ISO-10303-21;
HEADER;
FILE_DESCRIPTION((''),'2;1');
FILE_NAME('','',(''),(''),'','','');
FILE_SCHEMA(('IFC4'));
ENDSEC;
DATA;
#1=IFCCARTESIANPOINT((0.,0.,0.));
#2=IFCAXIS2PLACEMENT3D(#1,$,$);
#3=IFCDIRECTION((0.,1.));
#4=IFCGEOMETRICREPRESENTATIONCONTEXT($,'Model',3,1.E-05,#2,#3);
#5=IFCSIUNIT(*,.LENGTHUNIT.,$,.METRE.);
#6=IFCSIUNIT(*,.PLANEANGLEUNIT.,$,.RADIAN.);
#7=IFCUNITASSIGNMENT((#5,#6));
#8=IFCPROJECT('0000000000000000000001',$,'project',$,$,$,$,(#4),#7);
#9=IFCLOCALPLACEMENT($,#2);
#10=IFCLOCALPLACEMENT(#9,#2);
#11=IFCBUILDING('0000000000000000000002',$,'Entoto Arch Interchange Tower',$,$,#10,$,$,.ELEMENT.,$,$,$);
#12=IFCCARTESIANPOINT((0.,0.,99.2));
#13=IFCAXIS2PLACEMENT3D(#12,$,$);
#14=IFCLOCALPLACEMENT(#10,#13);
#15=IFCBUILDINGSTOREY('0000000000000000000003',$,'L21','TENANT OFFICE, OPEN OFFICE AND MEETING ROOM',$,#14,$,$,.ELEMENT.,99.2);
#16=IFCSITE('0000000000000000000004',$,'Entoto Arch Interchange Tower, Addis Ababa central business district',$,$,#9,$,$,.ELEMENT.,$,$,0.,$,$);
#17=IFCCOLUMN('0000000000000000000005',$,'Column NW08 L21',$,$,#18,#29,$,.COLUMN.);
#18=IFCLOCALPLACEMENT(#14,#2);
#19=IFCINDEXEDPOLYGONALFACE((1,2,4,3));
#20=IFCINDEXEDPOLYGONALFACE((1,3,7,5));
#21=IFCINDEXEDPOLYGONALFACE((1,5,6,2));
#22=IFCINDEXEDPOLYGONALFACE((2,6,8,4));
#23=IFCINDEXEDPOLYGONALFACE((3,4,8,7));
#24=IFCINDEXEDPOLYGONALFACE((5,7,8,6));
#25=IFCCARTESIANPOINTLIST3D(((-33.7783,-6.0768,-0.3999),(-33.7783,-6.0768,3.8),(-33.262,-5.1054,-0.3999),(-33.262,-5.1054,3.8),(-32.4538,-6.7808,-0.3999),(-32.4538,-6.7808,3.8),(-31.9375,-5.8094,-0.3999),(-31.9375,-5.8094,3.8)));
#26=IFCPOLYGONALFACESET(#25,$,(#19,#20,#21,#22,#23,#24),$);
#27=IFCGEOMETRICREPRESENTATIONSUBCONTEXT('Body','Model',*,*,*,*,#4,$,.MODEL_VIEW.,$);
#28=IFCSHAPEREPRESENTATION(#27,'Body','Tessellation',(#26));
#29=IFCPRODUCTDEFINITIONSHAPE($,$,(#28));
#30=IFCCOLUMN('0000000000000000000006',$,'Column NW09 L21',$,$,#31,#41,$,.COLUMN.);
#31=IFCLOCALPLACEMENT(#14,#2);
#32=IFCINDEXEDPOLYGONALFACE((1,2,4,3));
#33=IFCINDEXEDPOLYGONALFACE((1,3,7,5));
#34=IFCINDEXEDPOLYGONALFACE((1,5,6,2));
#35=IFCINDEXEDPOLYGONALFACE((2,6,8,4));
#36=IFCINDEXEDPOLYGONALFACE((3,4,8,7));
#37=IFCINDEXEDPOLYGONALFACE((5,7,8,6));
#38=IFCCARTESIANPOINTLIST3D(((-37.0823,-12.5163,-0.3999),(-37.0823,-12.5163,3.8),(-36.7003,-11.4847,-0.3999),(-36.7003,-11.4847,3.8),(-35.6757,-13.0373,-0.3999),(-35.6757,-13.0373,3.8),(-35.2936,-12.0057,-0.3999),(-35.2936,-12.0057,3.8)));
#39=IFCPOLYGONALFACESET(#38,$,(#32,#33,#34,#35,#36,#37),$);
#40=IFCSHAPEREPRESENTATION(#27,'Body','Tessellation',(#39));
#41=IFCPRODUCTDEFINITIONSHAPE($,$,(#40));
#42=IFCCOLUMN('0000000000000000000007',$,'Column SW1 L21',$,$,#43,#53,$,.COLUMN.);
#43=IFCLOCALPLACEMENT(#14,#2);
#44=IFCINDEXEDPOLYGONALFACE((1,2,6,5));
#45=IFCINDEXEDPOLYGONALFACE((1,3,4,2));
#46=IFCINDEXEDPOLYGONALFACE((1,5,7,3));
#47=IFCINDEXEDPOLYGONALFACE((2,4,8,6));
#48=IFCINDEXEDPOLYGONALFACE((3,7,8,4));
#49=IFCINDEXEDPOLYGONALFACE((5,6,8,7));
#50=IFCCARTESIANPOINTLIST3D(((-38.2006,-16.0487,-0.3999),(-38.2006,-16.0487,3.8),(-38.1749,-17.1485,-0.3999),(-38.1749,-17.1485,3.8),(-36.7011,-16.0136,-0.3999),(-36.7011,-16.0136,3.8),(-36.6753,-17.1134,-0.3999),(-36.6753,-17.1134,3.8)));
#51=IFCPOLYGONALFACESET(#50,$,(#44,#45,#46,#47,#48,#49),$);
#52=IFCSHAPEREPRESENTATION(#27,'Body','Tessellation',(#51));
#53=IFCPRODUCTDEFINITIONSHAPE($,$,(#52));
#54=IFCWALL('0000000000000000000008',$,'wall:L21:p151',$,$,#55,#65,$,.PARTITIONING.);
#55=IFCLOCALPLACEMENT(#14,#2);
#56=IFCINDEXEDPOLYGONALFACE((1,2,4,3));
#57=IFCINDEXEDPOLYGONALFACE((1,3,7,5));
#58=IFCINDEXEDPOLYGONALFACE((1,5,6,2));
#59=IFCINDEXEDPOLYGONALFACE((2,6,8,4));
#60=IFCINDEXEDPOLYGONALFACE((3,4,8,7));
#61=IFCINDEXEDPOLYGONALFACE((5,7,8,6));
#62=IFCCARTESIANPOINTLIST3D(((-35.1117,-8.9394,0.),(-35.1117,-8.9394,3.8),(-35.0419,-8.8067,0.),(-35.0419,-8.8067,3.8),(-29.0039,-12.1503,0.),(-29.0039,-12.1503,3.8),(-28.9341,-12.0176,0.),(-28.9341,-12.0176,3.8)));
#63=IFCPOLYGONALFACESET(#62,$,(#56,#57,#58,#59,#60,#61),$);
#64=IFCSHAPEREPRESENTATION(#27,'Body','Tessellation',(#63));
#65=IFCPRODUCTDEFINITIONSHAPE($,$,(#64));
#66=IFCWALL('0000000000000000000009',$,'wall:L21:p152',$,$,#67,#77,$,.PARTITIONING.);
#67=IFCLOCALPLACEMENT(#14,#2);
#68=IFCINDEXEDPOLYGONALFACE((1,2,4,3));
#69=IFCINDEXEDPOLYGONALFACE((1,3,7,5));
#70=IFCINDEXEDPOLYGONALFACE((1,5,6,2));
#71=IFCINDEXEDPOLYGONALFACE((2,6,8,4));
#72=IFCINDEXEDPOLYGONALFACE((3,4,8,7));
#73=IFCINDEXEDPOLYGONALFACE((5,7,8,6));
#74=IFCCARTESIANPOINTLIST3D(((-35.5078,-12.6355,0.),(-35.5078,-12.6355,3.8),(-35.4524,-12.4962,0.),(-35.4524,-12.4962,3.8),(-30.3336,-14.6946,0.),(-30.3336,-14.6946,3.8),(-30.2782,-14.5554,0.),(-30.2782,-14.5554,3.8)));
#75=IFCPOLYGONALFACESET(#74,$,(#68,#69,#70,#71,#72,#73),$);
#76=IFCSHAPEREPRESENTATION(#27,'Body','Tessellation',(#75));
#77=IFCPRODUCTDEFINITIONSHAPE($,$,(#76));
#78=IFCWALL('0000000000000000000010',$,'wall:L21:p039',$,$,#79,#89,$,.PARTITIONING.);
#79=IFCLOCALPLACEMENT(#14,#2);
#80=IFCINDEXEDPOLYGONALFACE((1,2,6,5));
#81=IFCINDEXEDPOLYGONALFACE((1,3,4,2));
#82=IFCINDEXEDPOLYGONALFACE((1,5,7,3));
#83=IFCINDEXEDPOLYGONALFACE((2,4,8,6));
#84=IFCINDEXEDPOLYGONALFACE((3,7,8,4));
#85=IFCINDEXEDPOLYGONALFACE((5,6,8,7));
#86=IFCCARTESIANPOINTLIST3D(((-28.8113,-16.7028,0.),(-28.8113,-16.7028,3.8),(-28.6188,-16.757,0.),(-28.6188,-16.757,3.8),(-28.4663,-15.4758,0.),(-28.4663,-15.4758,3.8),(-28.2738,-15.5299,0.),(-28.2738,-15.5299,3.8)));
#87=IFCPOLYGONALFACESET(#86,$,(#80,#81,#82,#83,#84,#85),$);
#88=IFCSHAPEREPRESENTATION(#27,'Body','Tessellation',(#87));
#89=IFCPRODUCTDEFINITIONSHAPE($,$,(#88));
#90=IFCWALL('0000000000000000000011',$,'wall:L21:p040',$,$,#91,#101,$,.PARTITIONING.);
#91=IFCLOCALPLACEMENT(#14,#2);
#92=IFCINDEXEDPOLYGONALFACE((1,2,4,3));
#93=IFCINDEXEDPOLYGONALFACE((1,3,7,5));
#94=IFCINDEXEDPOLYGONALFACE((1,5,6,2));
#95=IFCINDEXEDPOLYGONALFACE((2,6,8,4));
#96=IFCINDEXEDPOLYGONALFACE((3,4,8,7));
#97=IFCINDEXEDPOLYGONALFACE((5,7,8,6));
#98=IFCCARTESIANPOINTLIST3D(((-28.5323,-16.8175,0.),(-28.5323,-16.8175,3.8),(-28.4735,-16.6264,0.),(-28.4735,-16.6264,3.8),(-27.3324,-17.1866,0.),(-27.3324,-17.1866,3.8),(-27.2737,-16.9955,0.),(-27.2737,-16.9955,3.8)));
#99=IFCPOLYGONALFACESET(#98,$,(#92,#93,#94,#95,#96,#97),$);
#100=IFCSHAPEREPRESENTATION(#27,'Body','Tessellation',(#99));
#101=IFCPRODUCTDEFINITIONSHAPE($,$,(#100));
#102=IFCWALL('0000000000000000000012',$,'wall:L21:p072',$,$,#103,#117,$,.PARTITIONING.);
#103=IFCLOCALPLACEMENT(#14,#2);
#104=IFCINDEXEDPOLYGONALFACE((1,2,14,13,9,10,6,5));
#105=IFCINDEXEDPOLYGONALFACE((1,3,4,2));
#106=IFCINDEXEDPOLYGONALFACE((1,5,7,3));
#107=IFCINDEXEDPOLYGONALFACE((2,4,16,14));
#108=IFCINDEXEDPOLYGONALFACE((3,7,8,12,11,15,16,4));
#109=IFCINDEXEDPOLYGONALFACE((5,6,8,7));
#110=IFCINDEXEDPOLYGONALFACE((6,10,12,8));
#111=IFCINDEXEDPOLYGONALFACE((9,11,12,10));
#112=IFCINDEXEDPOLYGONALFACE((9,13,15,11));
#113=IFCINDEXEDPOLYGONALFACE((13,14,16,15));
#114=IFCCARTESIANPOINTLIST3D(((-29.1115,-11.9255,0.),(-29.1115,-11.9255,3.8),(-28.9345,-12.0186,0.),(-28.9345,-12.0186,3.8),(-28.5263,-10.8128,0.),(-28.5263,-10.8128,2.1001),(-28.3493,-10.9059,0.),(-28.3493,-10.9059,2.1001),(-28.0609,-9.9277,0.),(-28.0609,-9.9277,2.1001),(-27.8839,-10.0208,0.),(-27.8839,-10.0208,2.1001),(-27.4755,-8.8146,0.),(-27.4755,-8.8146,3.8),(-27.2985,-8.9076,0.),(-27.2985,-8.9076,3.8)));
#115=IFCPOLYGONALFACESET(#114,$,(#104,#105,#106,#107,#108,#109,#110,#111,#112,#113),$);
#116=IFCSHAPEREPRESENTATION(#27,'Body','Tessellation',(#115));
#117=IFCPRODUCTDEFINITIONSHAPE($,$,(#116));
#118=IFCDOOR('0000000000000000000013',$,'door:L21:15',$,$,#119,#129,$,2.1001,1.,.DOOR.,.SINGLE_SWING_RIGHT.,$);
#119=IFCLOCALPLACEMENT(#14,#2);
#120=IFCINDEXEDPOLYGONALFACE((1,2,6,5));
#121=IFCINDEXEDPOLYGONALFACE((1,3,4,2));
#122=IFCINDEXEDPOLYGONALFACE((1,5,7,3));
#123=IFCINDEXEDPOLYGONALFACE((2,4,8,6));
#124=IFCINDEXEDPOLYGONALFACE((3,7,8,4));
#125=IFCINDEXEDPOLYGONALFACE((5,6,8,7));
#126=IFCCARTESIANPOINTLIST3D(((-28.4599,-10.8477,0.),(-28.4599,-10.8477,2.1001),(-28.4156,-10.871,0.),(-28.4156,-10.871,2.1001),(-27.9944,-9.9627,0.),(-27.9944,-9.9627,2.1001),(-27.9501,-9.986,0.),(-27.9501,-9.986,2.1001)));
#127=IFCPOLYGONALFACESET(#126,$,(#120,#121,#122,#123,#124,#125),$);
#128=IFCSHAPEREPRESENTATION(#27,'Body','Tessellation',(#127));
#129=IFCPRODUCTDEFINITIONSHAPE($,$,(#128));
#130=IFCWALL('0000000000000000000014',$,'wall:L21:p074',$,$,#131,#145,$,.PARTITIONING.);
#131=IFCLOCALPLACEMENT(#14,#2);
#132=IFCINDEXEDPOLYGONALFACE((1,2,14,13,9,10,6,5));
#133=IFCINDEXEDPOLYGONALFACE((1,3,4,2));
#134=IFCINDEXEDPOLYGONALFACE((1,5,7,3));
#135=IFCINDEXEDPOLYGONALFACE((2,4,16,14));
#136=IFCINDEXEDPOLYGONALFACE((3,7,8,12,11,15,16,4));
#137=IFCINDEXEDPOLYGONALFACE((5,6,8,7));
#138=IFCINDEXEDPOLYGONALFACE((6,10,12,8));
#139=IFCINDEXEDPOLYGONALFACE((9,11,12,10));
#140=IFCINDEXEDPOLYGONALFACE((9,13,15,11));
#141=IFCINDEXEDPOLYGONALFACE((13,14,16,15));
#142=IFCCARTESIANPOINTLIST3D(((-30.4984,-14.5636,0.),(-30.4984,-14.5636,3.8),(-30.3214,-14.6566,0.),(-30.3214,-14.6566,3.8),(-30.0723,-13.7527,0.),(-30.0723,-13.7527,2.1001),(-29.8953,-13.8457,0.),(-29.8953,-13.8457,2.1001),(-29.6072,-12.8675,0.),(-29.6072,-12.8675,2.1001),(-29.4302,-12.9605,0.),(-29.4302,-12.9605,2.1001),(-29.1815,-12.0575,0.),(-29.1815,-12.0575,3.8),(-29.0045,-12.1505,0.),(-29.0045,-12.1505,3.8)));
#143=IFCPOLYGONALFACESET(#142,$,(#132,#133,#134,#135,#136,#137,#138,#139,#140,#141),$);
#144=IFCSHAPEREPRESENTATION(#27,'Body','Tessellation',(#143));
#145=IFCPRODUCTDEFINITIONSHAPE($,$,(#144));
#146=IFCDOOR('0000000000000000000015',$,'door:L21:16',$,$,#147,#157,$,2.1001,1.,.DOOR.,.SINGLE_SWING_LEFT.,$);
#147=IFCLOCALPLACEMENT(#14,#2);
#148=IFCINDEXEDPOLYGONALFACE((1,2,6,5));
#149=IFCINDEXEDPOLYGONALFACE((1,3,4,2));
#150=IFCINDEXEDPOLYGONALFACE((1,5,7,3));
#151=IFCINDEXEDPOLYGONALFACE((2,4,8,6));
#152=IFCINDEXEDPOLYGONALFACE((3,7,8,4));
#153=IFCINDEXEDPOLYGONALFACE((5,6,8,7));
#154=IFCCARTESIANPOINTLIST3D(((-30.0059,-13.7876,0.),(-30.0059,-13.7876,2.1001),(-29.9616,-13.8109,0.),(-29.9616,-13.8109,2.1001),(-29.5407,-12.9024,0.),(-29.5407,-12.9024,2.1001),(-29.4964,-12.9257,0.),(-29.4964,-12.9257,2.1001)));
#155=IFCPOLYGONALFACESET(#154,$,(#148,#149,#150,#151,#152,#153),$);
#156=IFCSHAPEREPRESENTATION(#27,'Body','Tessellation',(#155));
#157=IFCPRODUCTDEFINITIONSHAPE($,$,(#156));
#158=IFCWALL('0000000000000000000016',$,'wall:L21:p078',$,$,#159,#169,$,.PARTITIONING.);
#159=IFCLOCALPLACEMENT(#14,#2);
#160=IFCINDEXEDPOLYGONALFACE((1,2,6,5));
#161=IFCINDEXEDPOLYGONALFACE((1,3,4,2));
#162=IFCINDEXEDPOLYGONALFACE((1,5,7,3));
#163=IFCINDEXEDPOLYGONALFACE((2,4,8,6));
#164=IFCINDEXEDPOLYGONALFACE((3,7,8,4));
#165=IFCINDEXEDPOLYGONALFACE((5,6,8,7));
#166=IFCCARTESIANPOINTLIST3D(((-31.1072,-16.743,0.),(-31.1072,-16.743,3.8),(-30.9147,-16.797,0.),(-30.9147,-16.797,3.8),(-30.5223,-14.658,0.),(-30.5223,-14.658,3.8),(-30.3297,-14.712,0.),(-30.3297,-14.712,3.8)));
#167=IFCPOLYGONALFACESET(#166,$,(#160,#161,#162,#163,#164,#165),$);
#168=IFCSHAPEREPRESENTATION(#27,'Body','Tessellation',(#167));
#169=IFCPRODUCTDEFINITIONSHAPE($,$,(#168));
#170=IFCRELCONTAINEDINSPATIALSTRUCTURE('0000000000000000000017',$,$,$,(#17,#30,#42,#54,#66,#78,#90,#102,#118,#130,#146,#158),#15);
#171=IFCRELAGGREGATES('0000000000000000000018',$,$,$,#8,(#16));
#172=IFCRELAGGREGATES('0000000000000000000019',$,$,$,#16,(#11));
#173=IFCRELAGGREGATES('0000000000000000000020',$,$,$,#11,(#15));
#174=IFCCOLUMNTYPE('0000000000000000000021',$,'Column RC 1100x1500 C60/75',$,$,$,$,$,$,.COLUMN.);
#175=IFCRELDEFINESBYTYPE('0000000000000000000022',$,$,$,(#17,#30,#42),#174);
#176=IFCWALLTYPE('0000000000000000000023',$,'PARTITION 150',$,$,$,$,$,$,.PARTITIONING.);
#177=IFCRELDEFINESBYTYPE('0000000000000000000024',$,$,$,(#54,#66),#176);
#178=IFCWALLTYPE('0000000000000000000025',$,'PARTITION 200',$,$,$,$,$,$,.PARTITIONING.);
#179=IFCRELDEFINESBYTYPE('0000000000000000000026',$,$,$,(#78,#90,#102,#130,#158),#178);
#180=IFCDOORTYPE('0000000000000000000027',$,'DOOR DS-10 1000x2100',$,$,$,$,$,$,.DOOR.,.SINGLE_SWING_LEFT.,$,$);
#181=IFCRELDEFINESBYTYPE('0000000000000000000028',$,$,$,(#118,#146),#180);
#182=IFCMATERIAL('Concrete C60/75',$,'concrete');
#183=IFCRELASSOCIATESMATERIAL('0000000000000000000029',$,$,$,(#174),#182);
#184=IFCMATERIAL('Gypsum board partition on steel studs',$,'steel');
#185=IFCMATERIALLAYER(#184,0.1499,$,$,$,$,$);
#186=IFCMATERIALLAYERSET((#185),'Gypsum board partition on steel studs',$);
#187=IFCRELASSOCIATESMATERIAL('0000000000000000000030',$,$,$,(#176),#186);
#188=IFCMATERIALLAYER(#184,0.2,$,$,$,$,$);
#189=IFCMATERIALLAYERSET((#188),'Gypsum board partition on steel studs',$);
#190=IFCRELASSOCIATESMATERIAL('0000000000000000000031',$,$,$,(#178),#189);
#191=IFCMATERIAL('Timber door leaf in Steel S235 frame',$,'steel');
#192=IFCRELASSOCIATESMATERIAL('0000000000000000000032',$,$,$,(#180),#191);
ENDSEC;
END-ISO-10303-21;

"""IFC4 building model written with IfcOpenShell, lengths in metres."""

from ifc_helpers import new_model, si_unit, direction, frame, frame_2d, origin, origin_2d, place, context, subcontext, project, spatial, rectangle, extrude, material, layer, layer_set, material_profile, profile_set, type_object, element, fill, save


model = new_model("IFC4")

# Units and contexts
model_context = context("Model", 3, precision=1e-05, world=origin(), true_north=direction((0.0, 1.0)))
body_context = subcontext(model_context, "Body", "Model", "MODEL_VIEW")
ifc_project = project(units=[si_unit("LENGTHUNIT", "METRE"), si_unit("PLANEANGLEUNIT", "RADIAN")], contexts=[model_context])

# Site, building, storey
site_placement = place(None, origin())
site = spatial("IfcSite", under=ifc_project, at=site_placement, Name="Entoto Arch Interchange Tower, Addis Ababa central business district", CompositionType="ELEMENT", RefElevation=0.0)
building_placement = place(site_placement, origin())
building = spatial("IfcBuilding", under=site, at=building_placement, Name="Entoto Arch Interchange Tower", CompositionType="ELEMENT")
storey_placement = place(building_placement, frame((0.0, 0.0, 99.2)))
storey = spatial("IfcBuildingStorey", under=building, at=storey_placement, Name="L21", Description="TENANT OFFICE, OPEN OFFICE AND MEETING ROOM", CompositionType="ELEMENT", Elevation=99.2)

# Columns
ifc_material_1 = material(Name="Concrete C60/75", Category="concrete")
ifc_material_profile = material_profile(ifc_material_1, rectangle(XDim=1.1001, YDim=1.5, at=origin_2d()))
ifc_profile_set = profile_set([ifc_material_profile], Name="Concrete C60/75")
column_type = type_object("IfcColumnType", Name="Column RC 1100x1500 C60/75", PredefinedType="COLUMN", material=ifc_profile_set)
for number, where, z_axis, x_axis, name in (
    (1, (-32.8579, -5.9431, -0.3999), (0.0, 0.0, 1.0), (0.469333, 0.883021, 0.0), "Column NW08 L21"),
    (2, (-36.188, -12.261, -0.3999), (0.0, 0.0, 1.0), (0.347312, 0.93775, 0.0), "Column NW09 L21"),
    (3, (-37.438, -16.5811, -0.3999), (0.0, 0.0, 1.0), (-0.023385, 0.999727, 0.0), "Column SW1 L21"),
):
    element("IfcColumn", number, at=place(storey_placement, frame(where, z_axis=z_axis, x_axis=x_axis)), inside=storey, type_object=column_type, Name=name, PredefinedType="COLUMN", context=body_context, shape_type="SweptSolid", body=[
        extrude(rectangle(XDim=1.1001, YDim=1.5, at=origin_2d()), origin(), (0.0, 0.0, 1.0), 4.2),
    ])

# Walls
ifc_material_2 = material(Name="Gypsum board partition on steel studs", Category="steel")
ifc_layer_1 = layer(ifc_material_2, 0.1499)
ifc_layer_set_1 = layer_set([ifc_layer_1], Name="Gypsum board partition on steel studs")
wall_type_1 = type_object("IfcWallType", Name="PARTITION 150", PredefinedType="PARTITIONING", material=ifc_layer_set_1)
wall_1_placement = place(storey_placement, frame((-28.969, -12.084, 0.0), z_axis=(0.0, 0.0, 1.0), x_axis=(-0.885142, 0.465321, 0.0)))
element("IfcWall", 4, at=wall_1_placement, inside=storey, type_object=wall_type_1, Name="wall:L21:p151", PredefinedType="PARTITIONING", context=body_context, shape_type="SweptSolid", body=[
    extrude(rectangle(XDim=6.9004, YDim=0.1499, at=frame_2d((3.4502, 0.0))), origin(), (0.0, 0.0, 1.0), 3.8),
])
wall_2_placement = place(storey_placement, frame((-30.3059, -14.625, 0.0), z_axis=(0.0, 0.0, 1.0), x_axis=(-0.929128, 0.369757, 0.0)))
element("IfcWall", 5, at=wall_2_placement, inside=storey, type_object=wall_type_1, Name="wall:L21:p152", PredefinedType="PARTITIONING", context=body_context, shape_type="SweptSolid", body=[
    extrude(rectangle(XDim=5.5688, YDim=0.1499, at=frame_2d((2.7844, 0.0))), origin(), (0.0, 0.0, 1.0), 3.8),
])
ifc_layer_2 = layer(ifc_material_2, 0.2)
ifc_layer_set_2 = layer_set([ifc_layer_2], Name="Gypsum board partition on steel studs")
wall_type_2 = type_object("IfcWallType", Name="PARTITION 200", PredefinedType="PARTITIONING", material=ifc_layer_set_2)
wall_3_placement = place(storey_placement, frame((-28.3701, -15.5029, 0.0), z_axis=(0.0, 0.0, 1.0), x_axis=(-0.270646, -0.962679, 0.0)))
element("IfcWall", 6, at=wall_3_placement, inside=storey, type_object=wall_type_2, Name="wall:L21:p039", PredefinedType="PARTITIONING", context=body_context, shape_type="SweptSolid", body=[
    extrude(rectangle(XDim=1.2747, YDim=0.2, at=frame_2d((0.6372, 0.0))), origin(), (0.0, 0.0, 1.0), 3.8),
])
wall_4_placement = place(storey_placement, frame((-28.5029, -16.7219, 0.0), z_axis=(0.0, 0.0, 1.0), x_axis=(0.955796, -0.294031, 0.0)))
element("IfcWall", 7, at=wall_4_placement, inside=storey, type_object=wall_type_2, Name="wall:L21:p040", PredefinedType="PARTITIONING", context=body_context, shape_type="SweptSolid", body=[
    extrude(rectangle(XDim=1.2554, YDim=0.2, at=frame_2d((0.6277, 0.0))), origin(), (0.0, 0.0, 1.0), 3.8),
])

# Walls, openings, doors
wall_5_placement = place(storey_placement, frame((-29.0229, -11.9719, 0.0), z_axis=(0.0, 0.0, 1.0), x_axis=(0.465457, 0.88507, 0.0)))
wall_5 = element("IfcWall", 8, at=wall_5_placement, inside=storey, type_object=wall_type_2, Name="wall:L21:p072", PredefinedType="PARTITIONING", context=body_context, shape_type="SweptSolid", body=[
    extrude(rectangle(XDim=3.5149, YDim=0.2, at=frame_2d((1.7573, 0.0))), origin(), (0.0, 0.0, 1.0), 3.8),
])
opening_1_placement = place(wall_5_placement, frame((1.2571, 0.0, 0.0)))
opening_1 = element("IfcOpeningElement", 9, at=opening_1_placement, cuts=wall_5, PredefinedType="OPENING", context=body_context, shape_type="SweptSolid", body=[
    extrude(rectangle(XDim=1.0, YDim=2.1001, at=frame_2d((0.5, 1.05))), frame((0.0, 0.1099, 0.0), z_axis=(0.0, -1.0, 0.0), x_axis=(1.0, 0.0, 0.0)), (0.0, 0.0, 1.0), 0.22),
])
ifc_material_3 = material(Name="Timber door leaf in Steel S235 frame", Category="steel")
door_type = type_object("IfcDoorType", Name="DOOR DS-10 1000x2100", OperationType="SINGLE_SWING_LEFT", PredefinedType="DOOR", material=ifc_material_3)
door_1_placement = place(opening_1_placement, origin())
door_1 = element("IfcDoor", 10, at=door_1_placement, inside=storey, type_object=door_type, Name="door:L21:15", OperationType="SINGLE_SWING_RIGHT", OverallHeight=2.1001, OverallWidth=1.0, PredefinedType="DOOR", context=body_context, shape_type="SweptSolid", body=[
    extrude(rectangle(XDim=1.0, YDim=2.1001, at=frame_2d((0.5, 1.05))), frame((0.0, 0.0249, 0.0), z_axis=(0.0, -1.0, 0.0), x_axis=(1.0, 0.0, 0.0)), (0.0, 0.0, 1.0), 0.05),
])
fill(opening_1, door_1)
wall_6_placement = place(storey_placement, frame((-30.4099, -14.6101, 0.0), z_axis=(0.0, 0.0, 1.0), x_axis=(0.465163, 0.885225, 0.0)))
wall_6 = element("IfcWall", 11, at=wall_6_placement, inside=storey, type_object=wall_type_2, Name="wall:L21:p074", PredefinedType="PARTITIONING", context=body_context, shape_type="SweptSolid", body=[
    extrude(rectangle(XDim=2.8311, YDim=0.2, at=frame_2d((1.4155, 0.0))), origin(), (0.0, 0.0, 1.0), 3.8),
])
opening_2_placement = place(wall_6_placement, frame((0.916, 0.0, 0.0)))
opening_2 = element("IfcOpeningElement", 12, at=opening_2_placement, cuts=wall_6, PredefinedType="OPENING", context=body_context, shape_type="SweptSolid", body=[
    extrude(rectangle(XDim=1.0, YDim=2.1001, at=frame_2d((0.5, 1.05))), frame((0.0, 0.1099, 0.0), z_axis=(0.0, -1.0, 0.0), x_axis=(1.0, 0.0, 0.0)), (0.0, 0.0, 1.0), 0.22),
])
door_2_placement = place(opening_2_placement, origin())
door_2 = element("IfcDoor", 13, at=door_2_placement, inside=storey, type_object=door_type, Name="door:L21:16", OperationType="SINGLE_SWING_LEFT", OverallHeight=2.1001, OverallWidth=1.0, PredefinedType="DOOR", context=body_context, shape_type="SweptSolid", body=[
    extrude(rectangle(XDim=1.0, YDim=2.1001, at=frame_2d((0.5, 1.05))), frame((0.0, 0.0249, 0.0), z_axis=(0.0, -1.0, 0.0), x_axis=(1.0, 0.0, 0.0)), (0.0, 0.0, 1.0), 0.05),
])
fill(opening_2, door_2)

# Wall
wall_7_placement = place(storey_placement, frame((-31.011, -16.77, 0.0), z_axis=(0.0, 0.0, 1.0), x_axis=(0.270132, 0.962823, 0.0)))
element("IfcWall", 14, at=wall_7_placement, inside=storey, type_object=wall_type_2, Name="wall:L21:p078", PredefinedType="PARTITIONING", context=body_context, shape_type="SweptSolid", body=[
    extrude(rectangle(XDim=2.1655, YDim=0.2, at=frame_2d((1.0828, 0.0))), origin(), (0.0, 0.0, 1.0), 3.8),
])

save(model, "model.ifc")
